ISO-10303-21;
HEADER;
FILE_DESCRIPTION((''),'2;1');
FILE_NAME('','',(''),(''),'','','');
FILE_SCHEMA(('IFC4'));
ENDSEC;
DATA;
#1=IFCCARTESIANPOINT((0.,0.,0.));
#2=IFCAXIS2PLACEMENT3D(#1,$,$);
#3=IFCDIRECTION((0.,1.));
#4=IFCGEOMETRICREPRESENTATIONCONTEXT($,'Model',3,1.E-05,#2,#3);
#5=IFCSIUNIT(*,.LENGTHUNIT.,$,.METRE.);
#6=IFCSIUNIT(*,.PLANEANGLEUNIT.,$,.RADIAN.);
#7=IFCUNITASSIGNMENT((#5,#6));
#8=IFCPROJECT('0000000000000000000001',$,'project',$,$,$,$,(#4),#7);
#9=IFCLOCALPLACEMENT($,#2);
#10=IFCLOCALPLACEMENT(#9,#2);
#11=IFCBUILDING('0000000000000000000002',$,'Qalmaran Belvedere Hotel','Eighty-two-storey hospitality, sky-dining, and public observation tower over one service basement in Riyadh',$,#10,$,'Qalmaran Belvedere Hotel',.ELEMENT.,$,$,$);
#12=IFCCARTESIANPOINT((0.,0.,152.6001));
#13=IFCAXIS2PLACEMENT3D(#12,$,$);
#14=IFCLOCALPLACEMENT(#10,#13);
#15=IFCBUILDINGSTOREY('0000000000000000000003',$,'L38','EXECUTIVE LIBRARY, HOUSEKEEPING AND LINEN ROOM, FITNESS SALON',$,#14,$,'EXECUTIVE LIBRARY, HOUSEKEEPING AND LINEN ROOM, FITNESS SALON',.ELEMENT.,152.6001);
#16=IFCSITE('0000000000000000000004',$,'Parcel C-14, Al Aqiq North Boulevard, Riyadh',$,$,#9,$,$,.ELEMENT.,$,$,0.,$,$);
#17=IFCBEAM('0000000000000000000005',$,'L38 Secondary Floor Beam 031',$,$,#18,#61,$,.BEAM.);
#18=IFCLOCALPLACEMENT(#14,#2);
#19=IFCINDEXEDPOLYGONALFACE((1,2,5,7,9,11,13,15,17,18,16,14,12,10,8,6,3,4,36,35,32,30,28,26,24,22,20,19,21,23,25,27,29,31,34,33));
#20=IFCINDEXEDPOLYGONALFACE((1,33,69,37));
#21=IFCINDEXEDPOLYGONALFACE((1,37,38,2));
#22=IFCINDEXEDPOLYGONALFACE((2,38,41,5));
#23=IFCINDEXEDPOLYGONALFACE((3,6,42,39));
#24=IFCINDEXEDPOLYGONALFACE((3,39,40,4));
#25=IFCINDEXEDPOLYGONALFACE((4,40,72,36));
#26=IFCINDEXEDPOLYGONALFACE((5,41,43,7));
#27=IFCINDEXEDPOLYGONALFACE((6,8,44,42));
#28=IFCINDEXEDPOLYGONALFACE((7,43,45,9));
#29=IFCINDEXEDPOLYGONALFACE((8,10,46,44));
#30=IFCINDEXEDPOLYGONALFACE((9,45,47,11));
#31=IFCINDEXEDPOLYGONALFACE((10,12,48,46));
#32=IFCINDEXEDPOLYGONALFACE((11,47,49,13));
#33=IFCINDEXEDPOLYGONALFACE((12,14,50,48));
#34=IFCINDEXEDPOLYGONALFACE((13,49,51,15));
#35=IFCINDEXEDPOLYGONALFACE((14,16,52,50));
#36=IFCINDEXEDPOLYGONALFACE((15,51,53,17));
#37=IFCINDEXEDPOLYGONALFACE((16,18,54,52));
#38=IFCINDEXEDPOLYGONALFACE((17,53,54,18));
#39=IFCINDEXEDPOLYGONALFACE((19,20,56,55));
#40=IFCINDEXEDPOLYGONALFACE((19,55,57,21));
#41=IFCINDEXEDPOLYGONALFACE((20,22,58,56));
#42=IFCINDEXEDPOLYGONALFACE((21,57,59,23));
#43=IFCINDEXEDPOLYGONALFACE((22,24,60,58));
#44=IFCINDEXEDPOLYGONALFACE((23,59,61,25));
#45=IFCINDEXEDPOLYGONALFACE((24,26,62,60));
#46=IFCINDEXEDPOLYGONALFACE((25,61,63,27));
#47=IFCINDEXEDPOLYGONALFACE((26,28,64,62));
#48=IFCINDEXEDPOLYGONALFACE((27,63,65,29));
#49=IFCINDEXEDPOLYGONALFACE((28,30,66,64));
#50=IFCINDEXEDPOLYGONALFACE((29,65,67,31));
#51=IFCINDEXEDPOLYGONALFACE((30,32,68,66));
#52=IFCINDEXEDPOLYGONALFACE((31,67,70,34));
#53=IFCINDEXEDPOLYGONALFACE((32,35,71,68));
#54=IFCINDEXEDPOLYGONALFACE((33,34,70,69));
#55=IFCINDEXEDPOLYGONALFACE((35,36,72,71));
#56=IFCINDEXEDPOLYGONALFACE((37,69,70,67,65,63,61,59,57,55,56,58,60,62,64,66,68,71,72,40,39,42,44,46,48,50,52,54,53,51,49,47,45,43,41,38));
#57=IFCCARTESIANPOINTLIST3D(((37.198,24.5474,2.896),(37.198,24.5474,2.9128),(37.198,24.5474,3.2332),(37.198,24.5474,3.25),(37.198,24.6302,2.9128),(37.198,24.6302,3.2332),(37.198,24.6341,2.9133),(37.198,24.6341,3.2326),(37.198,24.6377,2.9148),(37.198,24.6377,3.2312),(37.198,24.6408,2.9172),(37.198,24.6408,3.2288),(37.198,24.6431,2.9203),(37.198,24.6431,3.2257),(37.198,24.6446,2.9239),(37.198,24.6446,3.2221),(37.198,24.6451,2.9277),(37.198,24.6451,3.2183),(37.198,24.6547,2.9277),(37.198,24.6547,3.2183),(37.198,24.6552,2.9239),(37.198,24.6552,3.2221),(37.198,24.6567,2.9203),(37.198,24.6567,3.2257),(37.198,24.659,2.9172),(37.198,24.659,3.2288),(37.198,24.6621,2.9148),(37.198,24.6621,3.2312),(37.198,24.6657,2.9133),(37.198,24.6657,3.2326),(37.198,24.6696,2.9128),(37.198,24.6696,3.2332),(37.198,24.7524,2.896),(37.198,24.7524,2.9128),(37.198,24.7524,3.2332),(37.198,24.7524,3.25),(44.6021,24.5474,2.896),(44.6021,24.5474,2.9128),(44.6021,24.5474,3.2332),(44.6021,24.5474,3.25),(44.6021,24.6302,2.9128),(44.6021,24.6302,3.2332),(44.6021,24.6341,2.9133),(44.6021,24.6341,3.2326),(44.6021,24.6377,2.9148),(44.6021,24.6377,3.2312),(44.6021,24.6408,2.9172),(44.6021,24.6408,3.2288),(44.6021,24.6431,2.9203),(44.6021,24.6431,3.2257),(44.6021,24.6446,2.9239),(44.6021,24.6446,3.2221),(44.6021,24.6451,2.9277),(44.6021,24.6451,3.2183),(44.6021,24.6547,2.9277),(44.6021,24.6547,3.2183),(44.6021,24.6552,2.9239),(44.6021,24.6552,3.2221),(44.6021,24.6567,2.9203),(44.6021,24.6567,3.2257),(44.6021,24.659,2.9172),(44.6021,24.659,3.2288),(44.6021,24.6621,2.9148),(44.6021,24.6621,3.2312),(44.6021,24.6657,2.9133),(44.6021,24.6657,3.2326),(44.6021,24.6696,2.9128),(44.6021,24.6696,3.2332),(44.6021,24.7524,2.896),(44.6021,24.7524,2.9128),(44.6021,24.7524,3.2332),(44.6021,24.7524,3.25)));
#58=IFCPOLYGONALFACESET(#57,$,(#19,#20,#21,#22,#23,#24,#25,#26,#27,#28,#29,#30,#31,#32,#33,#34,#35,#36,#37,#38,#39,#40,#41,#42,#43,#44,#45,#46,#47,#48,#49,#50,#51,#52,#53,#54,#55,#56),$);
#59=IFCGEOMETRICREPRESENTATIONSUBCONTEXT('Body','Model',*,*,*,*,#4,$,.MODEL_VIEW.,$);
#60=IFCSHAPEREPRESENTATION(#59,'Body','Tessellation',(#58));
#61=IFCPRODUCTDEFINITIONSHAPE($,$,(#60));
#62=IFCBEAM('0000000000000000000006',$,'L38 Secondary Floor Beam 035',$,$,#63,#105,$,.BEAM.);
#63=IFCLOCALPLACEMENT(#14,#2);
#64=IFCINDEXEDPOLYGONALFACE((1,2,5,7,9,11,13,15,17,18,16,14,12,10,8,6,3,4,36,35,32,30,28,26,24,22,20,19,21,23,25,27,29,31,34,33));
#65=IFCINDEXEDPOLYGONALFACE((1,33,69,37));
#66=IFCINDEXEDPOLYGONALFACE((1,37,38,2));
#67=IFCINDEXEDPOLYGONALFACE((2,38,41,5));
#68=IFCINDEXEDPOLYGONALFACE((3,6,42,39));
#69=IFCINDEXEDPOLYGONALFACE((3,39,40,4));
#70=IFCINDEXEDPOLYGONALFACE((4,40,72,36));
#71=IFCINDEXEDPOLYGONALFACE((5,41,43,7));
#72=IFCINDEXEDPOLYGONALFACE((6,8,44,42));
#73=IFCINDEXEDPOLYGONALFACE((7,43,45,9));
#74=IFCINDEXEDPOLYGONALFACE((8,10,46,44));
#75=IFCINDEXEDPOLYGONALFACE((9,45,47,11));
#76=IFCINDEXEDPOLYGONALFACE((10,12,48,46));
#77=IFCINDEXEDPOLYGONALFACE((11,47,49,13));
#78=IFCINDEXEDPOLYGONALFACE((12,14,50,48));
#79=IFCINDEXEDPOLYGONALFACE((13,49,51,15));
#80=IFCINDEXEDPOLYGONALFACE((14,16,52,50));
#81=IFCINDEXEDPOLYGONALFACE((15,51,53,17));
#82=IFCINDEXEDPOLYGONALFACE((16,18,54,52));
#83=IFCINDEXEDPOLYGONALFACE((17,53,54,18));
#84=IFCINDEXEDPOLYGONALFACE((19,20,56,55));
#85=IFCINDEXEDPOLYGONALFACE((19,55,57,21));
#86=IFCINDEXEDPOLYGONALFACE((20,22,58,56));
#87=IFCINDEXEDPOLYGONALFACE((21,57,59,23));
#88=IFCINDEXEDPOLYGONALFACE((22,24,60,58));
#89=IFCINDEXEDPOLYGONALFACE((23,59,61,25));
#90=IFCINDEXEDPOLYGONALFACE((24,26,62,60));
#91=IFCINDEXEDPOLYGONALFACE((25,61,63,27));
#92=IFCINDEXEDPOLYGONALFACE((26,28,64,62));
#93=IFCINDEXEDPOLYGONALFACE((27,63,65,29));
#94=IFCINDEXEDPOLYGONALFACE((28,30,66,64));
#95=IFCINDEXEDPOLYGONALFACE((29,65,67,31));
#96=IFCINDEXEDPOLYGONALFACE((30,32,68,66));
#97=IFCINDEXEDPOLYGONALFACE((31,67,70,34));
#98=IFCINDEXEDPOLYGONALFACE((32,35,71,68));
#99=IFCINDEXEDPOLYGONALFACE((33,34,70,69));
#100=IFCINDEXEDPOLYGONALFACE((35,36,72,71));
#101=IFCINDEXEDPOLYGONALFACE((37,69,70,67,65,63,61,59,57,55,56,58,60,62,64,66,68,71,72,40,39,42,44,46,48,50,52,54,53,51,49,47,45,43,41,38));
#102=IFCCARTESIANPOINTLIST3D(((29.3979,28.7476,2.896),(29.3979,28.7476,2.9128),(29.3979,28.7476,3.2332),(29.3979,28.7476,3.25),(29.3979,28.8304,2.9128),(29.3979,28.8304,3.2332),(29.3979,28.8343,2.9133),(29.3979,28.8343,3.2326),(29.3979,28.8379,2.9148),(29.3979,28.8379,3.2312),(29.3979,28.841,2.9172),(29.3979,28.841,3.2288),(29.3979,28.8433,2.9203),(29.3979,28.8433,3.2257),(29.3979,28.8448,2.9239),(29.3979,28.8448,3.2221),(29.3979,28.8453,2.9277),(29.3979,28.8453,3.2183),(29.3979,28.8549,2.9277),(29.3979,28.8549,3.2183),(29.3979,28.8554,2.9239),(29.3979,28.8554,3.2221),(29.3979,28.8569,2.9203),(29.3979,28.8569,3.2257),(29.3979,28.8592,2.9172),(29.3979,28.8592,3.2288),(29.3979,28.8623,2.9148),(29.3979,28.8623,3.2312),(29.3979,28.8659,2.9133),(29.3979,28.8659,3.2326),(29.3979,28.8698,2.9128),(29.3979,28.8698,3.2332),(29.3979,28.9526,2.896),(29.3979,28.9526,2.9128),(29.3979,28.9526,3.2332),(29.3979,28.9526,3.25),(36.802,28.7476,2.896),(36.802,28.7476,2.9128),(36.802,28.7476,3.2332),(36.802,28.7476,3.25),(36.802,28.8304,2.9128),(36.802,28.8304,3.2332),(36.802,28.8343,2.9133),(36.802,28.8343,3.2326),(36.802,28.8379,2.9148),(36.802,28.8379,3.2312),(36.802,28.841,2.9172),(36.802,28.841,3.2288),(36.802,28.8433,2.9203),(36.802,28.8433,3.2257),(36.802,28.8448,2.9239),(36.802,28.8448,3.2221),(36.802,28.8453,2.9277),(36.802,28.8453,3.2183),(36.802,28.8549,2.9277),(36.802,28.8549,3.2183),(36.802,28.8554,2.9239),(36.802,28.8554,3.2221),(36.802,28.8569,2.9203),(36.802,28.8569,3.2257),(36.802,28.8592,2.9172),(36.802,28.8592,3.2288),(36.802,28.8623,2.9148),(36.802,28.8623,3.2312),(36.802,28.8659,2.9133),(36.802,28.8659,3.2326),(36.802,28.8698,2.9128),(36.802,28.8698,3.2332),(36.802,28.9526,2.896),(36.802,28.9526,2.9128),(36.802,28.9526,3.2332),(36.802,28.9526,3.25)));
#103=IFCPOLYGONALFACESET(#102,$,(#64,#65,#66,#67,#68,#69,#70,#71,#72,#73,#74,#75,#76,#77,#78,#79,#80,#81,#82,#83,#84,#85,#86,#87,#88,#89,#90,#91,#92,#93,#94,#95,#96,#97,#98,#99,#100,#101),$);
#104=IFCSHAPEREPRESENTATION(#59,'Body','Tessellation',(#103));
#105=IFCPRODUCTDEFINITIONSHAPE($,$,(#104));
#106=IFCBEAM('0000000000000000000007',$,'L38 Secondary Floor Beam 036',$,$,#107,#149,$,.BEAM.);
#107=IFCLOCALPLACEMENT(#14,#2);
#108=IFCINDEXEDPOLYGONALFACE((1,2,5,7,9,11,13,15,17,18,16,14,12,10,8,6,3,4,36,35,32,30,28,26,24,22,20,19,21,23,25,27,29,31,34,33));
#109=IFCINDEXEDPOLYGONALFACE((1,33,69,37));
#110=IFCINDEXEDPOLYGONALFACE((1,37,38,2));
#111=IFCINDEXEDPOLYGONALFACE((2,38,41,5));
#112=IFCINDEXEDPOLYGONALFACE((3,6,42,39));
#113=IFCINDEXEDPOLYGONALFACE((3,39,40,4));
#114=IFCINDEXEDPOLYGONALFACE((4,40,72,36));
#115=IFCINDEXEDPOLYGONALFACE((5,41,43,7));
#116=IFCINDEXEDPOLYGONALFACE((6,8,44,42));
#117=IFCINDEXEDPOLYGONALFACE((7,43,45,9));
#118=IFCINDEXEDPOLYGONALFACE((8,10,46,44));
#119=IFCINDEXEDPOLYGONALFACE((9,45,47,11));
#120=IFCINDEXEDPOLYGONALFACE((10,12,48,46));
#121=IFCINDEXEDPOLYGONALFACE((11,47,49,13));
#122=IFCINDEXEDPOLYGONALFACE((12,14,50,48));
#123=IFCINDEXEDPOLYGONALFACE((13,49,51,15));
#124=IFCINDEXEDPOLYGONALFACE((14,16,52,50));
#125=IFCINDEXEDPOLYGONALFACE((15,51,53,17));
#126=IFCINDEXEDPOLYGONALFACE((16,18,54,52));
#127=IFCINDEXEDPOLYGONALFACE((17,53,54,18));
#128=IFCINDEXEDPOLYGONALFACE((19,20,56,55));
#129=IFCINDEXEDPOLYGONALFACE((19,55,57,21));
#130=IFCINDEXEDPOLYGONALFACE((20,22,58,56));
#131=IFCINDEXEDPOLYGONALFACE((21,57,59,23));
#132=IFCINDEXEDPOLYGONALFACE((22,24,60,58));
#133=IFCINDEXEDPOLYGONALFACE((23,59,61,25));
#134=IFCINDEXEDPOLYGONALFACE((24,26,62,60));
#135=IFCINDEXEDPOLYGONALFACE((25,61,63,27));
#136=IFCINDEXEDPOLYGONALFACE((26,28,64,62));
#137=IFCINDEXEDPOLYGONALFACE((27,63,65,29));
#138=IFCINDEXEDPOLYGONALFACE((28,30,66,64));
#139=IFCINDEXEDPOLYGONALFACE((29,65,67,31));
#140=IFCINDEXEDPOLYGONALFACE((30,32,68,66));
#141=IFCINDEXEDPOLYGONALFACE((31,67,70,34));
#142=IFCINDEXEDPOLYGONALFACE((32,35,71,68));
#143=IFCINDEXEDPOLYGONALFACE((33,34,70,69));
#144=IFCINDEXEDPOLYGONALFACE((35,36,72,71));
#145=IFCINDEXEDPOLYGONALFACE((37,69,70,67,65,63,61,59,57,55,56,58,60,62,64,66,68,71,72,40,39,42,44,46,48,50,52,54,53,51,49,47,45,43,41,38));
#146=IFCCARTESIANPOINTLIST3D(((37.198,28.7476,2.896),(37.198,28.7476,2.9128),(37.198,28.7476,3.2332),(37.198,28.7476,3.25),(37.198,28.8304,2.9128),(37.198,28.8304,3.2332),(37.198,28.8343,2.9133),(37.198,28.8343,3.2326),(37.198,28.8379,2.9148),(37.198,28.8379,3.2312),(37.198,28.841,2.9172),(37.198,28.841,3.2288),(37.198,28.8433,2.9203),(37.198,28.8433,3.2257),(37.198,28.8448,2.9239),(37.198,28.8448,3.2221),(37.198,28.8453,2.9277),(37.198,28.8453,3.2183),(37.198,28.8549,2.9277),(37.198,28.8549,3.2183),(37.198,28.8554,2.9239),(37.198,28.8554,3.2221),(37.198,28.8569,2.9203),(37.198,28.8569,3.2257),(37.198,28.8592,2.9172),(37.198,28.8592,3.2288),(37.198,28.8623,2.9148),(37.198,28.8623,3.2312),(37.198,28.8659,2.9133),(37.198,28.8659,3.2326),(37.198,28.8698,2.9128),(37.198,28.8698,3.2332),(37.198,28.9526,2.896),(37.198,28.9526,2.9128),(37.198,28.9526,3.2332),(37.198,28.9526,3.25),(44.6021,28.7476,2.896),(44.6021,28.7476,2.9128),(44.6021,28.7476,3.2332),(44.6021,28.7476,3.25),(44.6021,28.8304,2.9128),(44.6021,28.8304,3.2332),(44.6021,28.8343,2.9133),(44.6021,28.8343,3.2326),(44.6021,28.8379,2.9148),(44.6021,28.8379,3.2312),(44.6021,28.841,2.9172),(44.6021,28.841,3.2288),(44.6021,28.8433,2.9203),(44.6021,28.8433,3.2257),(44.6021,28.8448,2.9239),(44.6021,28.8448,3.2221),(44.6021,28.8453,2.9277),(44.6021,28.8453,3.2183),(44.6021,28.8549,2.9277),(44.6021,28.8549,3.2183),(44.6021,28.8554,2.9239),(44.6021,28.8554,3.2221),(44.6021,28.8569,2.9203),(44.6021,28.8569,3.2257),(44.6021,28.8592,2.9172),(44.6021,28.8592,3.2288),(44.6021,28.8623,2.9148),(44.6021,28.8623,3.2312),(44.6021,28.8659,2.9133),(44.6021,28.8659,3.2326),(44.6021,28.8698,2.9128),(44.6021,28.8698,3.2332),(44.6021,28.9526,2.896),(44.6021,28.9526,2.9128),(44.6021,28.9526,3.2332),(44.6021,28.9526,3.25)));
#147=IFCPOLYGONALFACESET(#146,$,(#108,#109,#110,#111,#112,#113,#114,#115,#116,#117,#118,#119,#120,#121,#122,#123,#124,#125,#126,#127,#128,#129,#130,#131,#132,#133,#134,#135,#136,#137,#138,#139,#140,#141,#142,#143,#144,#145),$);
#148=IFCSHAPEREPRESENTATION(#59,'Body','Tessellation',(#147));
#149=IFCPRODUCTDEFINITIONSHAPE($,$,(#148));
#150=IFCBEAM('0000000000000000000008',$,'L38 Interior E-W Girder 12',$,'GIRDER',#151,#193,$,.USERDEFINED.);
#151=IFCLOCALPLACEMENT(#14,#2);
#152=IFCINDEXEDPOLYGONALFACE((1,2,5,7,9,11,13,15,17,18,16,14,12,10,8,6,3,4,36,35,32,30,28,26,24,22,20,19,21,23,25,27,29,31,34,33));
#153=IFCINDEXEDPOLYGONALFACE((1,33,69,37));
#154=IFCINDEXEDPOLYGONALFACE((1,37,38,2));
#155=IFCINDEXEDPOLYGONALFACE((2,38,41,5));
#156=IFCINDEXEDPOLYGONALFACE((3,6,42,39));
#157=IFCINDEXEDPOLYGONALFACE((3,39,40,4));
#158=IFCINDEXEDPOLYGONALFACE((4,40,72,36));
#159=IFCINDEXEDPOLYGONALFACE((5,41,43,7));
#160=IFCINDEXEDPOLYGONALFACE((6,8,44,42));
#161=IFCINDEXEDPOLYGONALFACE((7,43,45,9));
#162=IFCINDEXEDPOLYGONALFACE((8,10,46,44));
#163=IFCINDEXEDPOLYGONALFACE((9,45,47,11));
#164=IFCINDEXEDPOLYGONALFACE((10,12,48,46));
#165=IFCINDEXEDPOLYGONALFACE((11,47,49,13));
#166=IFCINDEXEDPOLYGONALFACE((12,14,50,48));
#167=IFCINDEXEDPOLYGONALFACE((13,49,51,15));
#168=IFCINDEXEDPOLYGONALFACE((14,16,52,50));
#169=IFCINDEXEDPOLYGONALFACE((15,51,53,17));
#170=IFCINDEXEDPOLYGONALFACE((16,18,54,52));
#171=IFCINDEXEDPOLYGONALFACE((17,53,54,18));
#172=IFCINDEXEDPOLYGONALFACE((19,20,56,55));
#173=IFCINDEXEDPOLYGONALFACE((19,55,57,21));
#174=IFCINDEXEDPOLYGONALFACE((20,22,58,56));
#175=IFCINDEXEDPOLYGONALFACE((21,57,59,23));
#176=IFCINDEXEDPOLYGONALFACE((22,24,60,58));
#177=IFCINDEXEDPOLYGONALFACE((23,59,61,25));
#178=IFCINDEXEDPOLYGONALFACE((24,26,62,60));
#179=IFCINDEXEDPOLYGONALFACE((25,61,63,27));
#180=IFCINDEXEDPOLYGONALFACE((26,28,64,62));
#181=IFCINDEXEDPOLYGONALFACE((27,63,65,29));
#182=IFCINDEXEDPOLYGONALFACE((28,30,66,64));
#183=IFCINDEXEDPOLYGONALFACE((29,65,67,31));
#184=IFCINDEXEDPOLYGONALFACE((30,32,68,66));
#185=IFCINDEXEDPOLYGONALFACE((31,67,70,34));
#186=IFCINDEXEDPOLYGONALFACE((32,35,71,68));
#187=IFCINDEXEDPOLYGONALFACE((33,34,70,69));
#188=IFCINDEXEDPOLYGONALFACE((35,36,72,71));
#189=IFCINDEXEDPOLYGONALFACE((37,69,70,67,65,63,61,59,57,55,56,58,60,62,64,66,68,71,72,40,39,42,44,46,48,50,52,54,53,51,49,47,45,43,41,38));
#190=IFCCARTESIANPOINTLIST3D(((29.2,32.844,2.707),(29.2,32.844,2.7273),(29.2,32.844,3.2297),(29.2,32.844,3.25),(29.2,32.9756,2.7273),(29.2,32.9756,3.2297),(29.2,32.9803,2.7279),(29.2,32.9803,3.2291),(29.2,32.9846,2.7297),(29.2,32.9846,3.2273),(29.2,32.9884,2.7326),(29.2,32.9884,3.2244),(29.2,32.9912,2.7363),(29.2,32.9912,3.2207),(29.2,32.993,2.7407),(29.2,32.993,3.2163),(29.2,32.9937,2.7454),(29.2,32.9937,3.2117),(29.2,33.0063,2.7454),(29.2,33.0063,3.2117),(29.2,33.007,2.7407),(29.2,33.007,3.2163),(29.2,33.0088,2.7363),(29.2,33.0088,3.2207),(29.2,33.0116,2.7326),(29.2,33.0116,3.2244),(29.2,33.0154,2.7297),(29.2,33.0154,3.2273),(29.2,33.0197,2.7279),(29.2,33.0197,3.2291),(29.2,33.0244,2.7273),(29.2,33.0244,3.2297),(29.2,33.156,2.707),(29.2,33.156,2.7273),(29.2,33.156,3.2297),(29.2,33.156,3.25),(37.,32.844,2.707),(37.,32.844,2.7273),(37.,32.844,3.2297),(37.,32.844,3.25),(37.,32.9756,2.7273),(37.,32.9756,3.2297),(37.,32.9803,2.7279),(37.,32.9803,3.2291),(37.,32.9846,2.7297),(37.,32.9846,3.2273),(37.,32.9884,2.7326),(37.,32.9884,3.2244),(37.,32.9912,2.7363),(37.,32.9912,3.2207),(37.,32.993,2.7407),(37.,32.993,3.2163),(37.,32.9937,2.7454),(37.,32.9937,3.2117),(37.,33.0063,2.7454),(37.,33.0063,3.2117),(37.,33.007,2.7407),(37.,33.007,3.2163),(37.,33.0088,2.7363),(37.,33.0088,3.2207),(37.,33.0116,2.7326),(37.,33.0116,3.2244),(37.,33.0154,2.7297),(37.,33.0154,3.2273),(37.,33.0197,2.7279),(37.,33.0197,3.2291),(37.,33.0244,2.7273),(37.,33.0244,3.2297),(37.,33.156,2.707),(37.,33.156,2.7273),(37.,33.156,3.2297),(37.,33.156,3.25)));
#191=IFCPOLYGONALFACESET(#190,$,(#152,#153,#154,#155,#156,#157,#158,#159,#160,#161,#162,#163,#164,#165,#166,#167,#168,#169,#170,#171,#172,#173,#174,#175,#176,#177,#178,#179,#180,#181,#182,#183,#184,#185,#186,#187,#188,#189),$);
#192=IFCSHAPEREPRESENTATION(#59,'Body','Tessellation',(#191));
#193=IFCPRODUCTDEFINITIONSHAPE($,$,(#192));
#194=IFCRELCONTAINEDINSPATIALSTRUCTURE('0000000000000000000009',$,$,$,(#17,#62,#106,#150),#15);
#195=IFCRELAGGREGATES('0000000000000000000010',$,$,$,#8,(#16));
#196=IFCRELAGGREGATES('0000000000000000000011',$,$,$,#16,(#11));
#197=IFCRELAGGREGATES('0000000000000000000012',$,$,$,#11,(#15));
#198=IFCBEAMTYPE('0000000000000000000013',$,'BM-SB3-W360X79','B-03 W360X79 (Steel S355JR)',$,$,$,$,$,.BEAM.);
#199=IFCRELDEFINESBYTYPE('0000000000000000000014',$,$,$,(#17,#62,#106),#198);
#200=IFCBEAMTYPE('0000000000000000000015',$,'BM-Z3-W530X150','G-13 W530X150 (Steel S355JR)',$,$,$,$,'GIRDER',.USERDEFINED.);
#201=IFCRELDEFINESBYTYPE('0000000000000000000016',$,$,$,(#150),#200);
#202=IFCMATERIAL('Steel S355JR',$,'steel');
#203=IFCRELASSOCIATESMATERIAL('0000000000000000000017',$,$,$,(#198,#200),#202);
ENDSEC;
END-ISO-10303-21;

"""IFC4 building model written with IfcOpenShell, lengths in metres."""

from ifc_helpers import new_model, si_unit, direction, frame, origin, origin_2d, place, context, subcontext, project, spatial, i_section, extrude, material, material_profile, profile_set, type_object, element, save


model = new_model("IFC4")

# Units and contexts
model_context = context("Model", 3, precision=1e-05, world=origin(), true_north=direction((0.0, 1.0)))
body_context = subcontext(model_context, "Body", "Model", "MODEL_VIEW")
ifc_project = project(units=[si_unit("LENGTHUNIT", "METRE"), si_unit("PLANEANGLEUNIT", "RADIAN")], contexts=[model_context])

# Site, building, storey
site_placement = place(None, origin())
site = spatial("IfcSite", under=ifc_project, at=site_placement, Name="Parcel C-14, Al Aqiq North Boulevard, Riyadh", CompositionType="ELEMENT", RefElevation=0.0)
building_placement = place(site_placement, origin())
building = spatial("IfcBuilding", under=site, at=building_placement, Name="Qalmaran Belvedere Hotel", Description="Eighty-two-storey hospitality, sky-dining, and public observation tower over one service basement in Riyadh", LongName="Qalmaran Belvedere Hotel", CompositionType="ELEMENT")
storey_placement = place(building_placement, frame((0.0, 0.0, 152.6001)))
storey = spatial("IfcBuildingStorey", under=building, at=storey_placement, Name="L38", Description="EXECUTIVE LIBRARY, HOUSEKEEPING AND LINEN ROOM, FITNESS SALON", LongName="EXECUTIVE LIBRARY, HOUSEKEEPING AND LINEN ROOM, FITNESS SALON", CompositionType="ELEMENT", Elevation=152.6001)

# Beams
ifc_material_1 = material(Name="Steel S355JR", Category="steel")
ifc_material_profile_1 = material_profile(ifc_material_1, i_section(OverallWidth=0.2051, OverallDepth=0.354, WebThickness=0.0095, FlangeThickness=0.0168, FilletRadius=0.0149, at=origin_2d()), Name="W360X79")
ifc_profile_set_1 = profile_set([ifc_material_profile_1], Name="Steel S355JR")
beam_type_1 = type_object("IfcBeamType", Name="BM-SB3-W360X79", Description="B-03 W360X79 (Steel S355JR)", PredefinedType="BEAM", material=ifc_profile_set_1)
for number, where, z_axis, x_axis, name in (
    (1, (37.198, 24.6499, 3.073), (1.0, 0.0, 0.0), (0.0, 1.0, 0.0), "L38 Secondary Floor Beam 031"),
    (2, (29.3979, 28.8501, 3.073), (1.0, 0.0, 0.0), (0.0, 1.0, 0.0), "L38 Secondary Floor Beam 035"),
    (3, (37.198, 28.8501, 3.073), (1.0, 0.0, 0.0), (0.0, 1.0, 0.0), "L38 Secondary Floor Beam 036"),
):
    element("IfcBeam", number, at=place(storey_placement, frame(where, z_axis=z_axis, x_axis=x_axis)), inside=storey, type_object=beam_type_1, Name=name, PredefinedType="BEAM", context=body_context, shape_type="SweptSolid", body=[
        extrude(i_section(OverallWidth=0.2051, OverallDepth=0.354, WebThickness=0.0095, FlangeThickness=0.0168, FilletRadius=0.0149, at=origin_2d()), origin(), (0.0, 0.0, 1.0), 7.4041),
    ])
ifc_material_profile_2 = material_profile(ifc_material_1, i_section(OverallWidth=0.312, OverallDepth=0.543, WebThickness=0.0127, FlangeThickness=0.0203, FilletRadius=0.0181, at=origin_2d()), Name="W530X150")
ifc_profile_set_2 = profile_set([ifc_material_profile_2], Name="Steel S355JR")
beam_type_2 = type_object("IfcBeamType", Name="BM-Z3-W530X150", Description="G-13 W530X150 (Steel S355JR)", ElementType="GIRDER", PredefinedType="USERDEFINED", material=ifc_profile_set_2)
for number, where, z_axis, x_axis, name in (
    (4, (29.2, 33.0, 2.9785), (1.0, 0.0, 0.0), (0.0, 1.0, 0.0), "L38 Interior E-W Girder 12"),
):
    element("IfcBeam", number, at=place(storey_placement, frame(where, z_axis=z_axis, x_axis=x_axis)), inside=storey, type_object=beam_type_2, Name=name, ObjectType="GIRDER", PredefinedType="USERDEFINED", context=body_context, shape_type="SweptSolid", body=[
        extrude(i_section(OverallWidth=0.312, OverallDepth=0.543, WebThickness=0.0127, FlangeThickness=0.0203, FilletRadius=0.0181, at=origin_2d()), origin(), (0.0, 0.0, 1.0), 7.8),
    ])

save(model, "model.ifc")
